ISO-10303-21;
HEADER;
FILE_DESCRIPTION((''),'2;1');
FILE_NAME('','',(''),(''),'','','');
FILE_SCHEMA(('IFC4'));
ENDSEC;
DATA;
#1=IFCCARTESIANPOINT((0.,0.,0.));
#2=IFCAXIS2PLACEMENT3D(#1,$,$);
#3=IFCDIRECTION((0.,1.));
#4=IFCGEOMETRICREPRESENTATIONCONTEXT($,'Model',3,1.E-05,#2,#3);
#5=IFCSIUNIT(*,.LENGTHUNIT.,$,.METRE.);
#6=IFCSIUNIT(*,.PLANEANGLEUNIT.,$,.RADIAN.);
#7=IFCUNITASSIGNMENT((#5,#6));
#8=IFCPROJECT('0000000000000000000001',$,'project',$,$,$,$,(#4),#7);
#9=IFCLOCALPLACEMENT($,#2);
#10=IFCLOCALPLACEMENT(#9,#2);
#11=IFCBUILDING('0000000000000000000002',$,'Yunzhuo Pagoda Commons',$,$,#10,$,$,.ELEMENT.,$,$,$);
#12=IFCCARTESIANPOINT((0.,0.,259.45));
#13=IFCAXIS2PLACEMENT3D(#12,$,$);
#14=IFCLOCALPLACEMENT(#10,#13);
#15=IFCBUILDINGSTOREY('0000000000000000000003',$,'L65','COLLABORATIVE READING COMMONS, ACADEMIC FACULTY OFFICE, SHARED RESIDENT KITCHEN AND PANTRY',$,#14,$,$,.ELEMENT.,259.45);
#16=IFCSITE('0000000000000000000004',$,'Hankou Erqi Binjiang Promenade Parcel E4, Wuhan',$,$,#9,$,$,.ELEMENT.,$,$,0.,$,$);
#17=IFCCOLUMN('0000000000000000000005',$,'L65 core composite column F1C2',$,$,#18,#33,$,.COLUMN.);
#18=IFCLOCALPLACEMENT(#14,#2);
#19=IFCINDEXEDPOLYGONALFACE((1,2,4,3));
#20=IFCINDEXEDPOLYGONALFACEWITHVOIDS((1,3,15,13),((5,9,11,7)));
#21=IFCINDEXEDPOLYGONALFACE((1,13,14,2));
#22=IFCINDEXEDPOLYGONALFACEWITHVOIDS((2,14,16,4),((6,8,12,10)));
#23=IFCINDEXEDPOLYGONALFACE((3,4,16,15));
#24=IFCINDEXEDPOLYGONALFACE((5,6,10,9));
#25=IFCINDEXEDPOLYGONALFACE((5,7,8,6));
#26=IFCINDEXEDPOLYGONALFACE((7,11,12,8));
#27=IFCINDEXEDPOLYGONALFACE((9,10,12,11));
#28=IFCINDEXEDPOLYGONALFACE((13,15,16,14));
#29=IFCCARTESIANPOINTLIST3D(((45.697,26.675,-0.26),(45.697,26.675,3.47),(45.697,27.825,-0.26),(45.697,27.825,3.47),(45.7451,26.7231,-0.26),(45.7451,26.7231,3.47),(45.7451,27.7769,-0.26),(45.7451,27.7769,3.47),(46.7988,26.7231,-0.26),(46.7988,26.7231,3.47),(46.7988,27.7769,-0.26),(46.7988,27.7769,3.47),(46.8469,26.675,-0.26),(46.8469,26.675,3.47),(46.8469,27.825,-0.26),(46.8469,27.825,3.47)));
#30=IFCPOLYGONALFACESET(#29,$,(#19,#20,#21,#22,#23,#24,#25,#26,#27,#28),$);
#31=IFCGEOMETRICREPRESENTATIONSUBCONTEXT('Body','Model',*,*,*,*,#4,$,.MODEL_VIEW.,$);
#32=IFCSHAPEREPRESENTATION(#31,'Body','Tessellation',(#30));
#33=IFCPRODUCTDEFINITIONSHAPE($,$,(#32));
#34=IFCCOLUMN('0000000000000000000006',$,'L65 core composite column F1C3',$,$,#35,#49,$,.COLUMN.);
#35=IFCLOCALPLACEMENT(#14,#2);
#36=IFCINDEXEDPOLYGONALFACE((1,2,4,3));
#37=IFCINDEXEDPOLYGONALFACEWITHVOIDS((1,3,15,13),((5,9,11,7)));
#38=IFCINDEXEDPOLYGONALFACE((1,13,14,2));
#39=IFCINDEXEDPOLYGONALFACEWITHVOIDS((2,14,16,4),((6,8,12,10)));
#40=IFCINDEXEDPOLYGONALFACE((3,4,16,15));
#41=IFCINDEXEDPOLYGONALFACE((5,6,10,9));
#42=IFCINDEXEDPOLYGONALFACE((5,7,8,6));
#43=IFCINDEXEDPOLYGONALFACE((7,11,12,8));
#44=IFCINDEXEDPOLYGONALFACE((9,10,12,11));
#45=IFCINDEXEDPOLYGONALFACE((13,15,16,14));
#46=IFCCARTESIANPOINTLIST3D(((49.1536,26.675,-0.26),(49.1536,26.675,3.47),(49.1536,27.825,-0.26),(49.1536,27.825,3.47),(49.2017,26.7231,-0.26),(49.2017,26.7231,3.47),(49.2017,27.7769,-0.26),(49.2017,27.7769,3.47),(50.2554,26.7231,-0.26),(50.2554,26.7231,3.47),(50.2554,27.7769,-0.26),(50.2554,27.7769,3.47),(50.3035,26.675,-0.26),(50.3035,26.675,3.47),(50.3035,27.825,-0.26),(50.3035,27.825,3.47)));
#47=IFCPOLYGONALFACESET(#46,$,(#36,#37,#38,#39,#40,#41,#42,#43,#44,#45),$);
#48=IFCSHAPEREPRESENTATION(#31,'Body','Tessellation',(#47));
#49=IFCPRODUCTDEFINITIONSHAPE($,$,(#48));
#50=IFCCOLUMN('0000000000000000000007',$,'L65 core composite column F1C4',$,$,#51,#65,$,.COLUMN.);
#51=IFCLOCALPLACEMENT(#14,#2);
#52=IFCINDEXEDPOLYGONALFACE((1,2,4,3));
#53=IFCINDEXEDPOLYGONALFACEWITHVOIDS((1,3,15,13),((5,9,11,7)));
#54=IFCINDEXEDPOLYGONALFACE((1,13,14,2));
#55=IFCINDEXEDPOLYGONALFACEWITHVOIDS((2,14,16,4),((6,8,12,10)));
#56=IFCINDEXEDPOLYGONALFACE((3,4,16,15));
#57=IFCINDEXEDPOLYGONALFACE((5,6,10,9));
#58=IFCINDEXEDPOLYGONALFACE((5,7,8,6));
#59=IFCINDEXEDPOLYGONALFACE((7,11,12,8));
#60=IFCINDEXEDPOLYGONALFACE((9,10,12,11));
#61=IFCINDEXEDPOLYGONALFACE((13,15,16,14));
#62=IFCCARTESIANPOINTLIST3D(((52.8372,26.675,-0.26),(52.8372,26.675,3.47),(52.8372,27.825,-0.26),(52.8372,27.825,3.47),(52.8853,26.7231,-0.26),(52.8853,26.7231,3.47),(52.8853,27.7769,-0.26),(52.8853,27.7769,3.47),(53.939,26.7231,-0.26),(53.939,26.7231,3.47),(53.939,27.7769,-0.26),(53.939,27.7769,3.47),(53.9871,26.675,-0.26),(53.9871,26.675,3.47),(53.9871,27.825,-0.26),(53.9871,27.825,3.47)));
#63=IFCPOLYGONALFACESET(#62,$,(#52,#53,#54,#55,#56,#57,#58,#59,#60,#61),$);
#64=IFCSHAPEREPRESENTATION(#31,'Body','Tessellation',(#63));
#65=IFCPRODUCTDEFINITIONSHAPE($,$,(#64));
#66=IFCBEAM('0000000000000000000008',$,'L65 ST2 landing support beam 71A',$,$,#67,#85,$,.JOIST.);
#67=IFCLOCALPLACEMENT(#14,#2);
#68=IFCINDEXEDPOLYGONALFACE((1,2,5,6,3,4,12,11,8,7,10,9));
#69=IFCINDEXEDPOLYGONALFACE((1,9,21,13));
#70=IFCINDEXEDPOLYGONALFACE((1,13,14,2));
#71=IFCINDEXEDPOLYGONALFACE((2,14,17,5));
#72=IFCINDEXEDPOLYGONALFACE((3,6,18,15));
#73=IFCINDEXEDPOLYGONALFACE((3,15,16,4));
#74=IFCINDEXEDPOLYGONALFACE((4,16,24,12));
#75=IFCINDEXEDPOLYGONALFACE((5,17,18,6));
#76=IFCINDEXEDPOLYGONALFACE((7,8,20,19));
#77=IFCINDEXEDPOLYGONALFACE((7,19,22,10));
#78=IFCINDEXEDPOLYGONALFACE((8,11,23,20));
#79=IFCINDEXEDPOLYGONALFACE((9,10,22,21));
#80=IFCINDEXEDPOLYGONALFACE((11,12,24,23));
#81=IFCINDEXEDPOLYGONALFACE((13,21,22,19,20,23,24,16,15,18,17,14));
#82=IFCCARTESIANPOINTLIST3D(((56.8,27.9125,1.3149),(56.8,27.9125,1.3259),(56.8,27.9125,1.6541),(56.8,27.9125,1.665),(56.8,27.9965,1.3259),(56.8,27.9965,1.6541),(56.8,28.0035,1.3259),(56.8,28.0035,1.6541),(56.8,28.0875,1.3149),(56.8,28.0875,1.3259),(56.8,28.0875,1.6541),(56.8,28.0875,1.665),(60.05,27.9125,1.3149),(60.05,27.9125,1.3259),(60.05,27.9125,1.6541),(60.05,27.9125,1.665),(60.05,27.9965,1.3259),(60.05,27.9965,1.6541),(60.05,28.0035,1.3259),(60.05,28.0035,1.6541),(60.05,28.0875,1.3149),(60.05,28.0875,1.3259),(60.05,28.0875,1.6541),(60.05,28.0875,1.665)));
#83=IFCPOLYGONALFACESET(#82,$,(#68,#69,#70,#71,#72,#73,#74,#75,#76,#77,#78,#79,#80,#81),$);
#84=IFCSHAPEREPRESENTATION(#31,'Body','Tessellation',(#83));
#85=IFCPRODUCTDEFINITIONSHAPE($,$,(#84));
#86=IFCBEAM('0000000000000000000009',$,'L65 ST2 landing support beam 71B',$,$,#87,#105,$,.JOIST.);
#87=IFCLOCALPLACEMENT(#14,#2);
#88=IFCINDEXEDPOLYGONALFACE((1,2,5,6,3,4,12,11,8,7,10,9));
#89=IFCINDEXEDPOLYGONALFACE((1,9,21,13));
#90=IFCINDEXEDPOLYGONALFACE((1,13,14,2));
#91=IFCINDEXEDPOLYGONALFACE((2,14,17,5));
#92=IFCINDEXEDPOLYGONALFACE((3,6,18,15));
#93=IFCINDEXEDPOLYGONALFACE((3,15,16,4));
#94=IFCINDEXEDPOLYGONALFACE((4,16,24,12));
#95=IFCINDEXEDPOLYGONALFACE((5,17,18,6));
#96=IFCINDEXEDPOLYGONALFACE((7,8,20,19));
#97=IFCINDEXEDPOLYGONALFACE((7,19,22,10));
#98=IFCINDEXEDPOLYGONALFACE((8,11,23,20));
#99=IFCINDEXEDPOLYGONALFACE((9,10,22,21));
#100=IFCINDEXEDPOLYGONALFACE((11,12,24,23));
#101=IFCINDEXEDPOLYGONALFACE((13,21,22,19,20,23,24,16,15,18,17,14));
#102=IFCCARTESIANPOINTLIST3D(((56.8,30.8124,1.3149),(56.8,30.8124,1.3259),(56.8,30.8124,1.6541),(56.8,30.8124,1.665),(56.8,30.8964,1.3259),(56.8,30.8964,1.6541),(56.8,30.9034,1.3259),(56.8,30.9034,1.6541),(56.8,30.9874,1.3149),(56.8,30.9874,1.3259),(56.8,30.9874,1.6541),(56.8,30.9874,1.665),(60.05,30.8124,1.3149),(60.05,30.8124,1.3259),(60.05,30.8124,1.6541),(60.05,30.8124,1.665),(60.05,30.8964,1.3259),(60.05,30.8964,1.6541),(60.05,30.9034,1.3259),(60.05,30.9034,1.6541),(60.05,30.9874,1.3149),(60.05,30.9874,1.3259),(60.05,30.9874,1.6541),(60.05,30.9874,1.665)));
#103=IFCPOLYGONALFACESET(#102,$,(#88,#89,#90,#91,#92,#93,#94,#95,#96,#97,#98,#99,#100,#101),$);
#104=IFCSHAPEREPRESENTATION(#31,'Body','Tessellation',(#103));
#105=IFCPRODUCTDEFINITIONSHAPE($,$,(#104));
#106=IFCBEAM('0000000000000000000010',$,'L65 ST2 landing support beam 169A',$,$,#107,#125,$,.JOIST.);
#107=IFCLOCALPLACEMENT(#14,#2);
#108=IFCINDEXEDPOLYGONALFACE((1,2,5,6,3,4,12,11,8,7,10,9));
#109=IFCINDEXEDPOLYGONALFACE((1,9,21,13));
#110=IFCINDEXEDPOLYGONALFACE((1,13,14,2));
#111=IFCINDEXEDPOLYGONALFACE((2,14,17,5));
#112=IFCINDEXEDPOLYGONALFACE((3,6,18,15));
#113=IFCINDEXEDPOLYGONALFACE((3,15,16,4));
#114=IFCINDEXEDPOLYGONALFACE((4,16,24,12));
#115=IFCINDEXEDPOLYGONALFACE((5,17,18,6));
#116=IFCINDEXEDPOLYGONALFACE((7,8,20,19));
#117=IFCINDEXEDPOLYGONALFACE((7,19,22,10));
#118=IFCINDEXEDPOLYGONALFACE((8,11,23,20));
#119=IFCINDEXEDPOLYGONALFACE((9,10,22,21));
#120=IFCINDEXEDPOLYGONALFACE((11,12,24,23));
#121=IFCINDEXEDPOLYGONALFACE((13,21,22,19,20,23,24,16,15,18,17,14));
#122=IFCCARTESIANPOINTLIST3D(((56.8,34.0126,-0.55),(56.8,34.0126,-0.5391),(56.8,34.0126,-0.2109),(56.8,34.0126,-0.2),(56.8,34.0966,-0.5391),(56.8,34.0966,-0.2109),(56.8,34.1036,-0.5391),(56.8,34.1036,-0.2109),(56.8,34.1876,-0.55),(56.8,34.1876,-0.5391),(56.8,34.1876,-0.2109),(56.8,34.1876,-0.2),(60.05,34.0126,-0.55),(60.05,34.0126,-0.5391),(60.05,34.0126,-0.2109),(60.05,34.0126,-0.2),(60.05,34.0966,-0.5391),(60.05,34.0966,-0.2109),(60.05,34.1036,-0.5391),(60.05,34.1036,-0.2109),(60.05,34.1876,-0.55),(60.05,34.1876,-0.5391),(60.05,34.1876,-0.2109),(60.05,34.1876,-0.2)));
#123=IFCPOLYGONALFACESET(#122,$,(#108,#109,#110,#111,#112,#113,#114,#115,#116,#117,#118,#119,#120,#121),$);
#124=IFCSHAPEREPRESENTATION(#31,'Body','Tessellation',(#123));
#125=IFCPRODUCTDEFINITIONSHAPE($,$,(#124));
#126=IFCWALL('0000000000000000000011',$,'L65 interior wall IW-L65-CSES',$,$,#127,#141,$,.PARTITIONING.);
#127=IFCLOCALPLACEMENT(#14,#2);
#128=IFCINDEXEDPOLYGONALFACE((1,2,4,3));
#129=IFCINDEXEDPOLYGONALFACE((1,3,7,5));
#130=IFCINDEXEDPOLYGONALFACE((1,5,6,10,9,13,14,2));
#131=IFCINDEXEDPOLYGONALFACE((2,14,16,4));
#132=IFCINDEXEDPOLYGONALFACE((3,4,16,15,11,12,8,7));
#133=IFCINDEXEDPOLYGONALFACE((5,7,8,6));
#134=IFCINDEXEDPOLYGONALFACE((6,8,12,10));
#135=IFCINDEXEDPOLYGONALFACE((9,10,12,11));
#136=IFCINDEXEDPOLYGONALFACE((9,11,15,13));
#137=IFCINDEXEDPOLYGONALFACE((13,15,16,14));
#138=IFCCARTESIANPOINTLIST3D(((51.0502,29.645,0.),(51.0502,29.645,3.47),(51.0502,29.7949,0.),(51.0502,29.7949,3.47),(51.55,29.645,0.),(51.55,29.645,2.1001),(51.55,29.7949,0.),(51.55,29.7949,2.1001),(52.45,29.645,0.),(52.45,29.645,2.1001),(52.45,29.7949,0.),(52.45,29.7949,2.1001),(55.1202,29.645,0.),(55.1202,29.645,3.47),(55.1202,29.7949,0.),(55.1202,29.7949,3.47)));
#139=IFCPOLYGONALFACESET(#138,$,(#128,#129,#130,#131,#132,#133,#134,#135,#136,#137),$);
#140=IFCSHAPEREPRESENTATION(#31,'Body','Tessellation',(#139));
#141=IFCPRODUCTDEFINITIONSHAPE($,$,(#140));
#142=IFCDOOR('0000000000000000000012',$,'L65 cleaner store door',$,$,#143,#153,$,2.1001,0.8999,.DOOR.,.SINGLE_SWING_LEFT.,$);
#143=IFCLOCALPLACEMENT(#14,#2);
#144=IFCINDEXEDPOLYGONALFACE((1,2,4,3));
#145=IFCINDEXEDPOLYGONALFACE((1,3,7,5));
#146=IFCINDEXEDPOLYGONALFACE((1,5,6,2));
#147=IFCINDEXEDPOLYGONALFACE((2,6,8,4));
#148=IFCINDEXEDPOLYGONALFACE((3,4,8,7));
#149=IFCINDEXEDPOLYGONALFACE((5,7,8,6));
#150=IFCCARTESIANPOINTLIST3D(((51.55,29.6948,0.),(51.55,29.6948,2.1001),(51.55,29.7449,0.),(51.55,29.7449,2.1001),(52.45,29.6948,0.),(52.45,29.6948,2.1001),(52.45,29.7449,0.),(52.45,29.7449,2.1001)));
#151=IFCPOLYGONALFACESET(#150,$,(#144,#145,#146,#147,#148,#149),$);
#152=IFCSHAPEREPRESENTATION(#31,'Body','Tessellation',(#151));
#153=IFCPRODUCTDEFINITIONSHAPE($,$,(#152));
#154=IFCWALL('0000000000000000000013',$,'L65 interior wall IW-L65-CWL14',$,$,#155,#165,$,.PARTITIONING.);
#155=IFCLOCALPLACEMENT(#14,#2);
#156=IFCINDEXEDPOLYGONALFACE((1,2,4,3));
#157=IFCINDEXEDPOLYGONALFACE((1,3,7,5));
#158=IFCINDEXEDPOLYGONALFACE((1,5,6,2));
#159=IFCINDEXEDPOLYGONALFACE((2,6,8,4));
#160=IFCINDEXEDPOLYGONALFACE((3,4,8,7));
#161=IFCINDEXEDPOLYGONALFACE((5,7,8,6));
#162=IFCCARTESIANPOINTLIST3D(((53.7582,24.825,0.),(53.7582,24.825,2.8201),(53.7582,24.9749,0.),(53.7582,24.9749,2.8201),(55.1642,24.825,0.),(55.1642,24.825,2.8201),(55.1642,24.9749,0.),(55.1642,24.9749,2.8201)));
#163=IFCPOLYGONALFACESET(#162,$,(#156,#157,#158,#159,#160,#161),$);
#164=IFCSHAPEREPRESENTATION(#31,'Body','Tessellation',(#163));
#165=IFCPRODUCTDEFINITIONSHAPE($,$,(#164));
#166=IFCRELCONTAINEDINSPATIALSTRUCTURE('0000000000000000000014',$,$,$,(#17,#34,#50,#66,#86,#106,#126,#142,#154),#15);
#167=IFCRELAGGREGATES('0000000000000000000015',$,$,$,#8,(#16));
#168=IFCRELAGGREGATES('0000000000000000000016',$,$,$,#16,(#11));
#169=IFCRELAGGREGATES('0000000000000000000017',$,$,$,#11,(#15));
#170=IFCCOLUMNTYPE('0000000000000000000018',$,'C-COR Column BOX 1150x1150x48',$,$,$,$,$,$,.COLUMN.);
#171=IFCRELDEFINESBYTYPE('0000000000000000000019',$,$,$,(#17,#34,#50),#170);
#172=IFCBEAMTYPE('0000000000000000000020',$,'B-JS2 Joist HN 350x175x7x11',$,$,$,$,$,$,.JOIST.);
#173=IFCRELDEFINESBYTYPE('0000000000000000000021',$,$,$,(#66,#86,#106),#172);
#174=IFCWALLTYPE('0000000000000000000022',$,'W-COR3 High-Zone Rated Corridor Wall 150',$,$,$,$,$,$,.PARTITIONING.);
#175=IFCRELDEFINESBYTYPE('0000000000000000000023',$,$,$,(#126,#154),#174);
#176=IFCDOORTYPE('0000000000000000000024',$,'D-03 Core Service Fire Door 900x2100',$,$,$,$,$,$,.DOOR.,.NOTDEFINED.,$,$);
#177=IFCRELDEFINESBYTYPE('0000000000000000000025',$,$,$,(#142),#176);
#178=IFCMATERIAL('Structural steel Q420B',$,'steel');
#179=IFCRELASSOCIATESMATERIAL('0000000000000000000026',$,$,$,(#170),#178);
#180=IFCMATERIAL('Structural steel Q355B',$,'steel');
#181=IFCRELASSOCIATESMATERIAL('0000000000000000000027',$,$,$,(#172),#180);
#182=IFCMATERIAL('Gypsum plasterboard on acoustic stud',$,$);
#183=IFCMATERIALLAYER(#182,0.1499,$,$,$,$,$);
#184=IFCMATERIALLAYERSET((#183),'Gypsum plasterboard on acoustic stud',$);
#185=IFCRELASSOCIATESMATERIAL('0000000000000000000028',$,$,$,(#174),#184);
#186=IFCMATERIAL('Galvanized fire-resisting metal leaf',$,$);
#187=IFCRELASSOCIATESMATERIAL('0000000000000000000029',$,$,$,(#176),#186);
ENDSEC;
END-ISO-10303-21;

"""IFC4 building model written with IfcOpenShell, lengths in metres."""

from ifc_helpers import new_model, si_unit, direction, frame, frame_2d, origin, origin_with_axes, origin_2d, place, context, subcontext, project, spatial, rectangle, hollow_rectangle, i_section, extrude, source, transform, mapped, material, layer, layer_set, material_profile, profile_set, type_object, element, fill, save


model = new_model("IFC4")

# Units and contexts
model_context = context("Model", 3, precision=1e-05, world=origin(), true_north=direction((0.0, 1.0)))
body_context = subcontext(model_context, "Body", "Model", "MODEL_VIEW")
ifc_project = project(units=[si_unit("LENGTHUNIT", "METRE"), si_unit("PLANEANGLEUNIT", "RADIAN")], contexts=[model_context])

# Site, building, storey
site_placement = place(None, origin())
site = spatial("IfcSite", under=ifc_project, at=site_placement, Name="Hankou Erqi Binjiang Promenade Parcel E4, Wuhan", CompositionType="ELEMENT", RefElevation=0.0)
building_placement = place(site_placement, origin())
building = spatial("IfcBuilding", under=site, at=building_placement, Name="Yunzhuo Pagoda Commons", CompositionType="ELEMENT")
storey_placement = place(building_placement, frame((0.0, 0.0, 259.45)))
storey = spatial("IfcBuildingStorey", under=building, at=storey_placement, Name="L65", Description="COLLABORATIVE READING COMMONS, ACADEMIC FACULTY OFFICE, SHARED RESIDENT KITCHEN AND PANTRY", CompositionType="ELEMENT", Elevation=259.45)

# Columns
ifc_material_1 = material(Name="Structural steel Q420B", Category="steel")
ifc_material_profile_1 = material_profile(ifc_material_1, hollow_rectangle(XDim=1.1499, YDim=1.1499, WallThickness=0.0481, at=origin_2d()), Name="Structural steel Q420B")
ifc_profile_set_1 = profile_set([ifc_material_profile_1], Name="Structural steel Q420B")
column_type = type_object("IfcColumnType", Name="C-COR Column BOX 1150x1150x48", PredefinedType="COLUMN", material=ifc_profile_set_1)
shared_shape_1 = source(origin(), body_context, "Body", "SweptSolid", [
    extrude(hollow_rectangle(XDim=1.1499, YDim=1.1499, WallThickness=0.0481, at=origin_2d()), origin(), (0.0, 0.0, 1.0), 3.73),
])
for number, where, z_axis, x_axis, name in (
    (1, (46.272, 27.25, -0.26), (0.0, 0.0, 1.0), (1.0, 0.0, 0.0), "L65 core composite column F1C2"),
    (2, (49.7285, 27.25, -0.26), (0.0, 0.0, 1.0), (1.0, 0.0, 0.0), "L65 core composite column F1C3"),
    (3, (53.4121, 27.25, -0.26), (0.0, 0.0, 1.0), (1.0, 0.0, 0.0), "L65 core composite column F1C4"),
):
    element("IfcColumn", number, at=place(storey_placement, frame(where, z_axis=z_axis, x_axis=x_axis)), inside=storey, type_object=column_type, Name=name, PredefinedType="COLUMN", context=body_context, shape_type="MappedRepresentation", body=[
        mapped(shared_shape_1, transform((0.0, 0.0, 0.0), scale=1.0)),
    ])

# Beams
ifc_material_2 = material(Name="Structural steel Q355B", Category="steel")
ifc_material_profile_2 = material_profile(ifc_material_2, i_section(OverallWidth=0.175, OverallDepth=0.3501, WebThickness=0.0071, FlangeThickness=0.011, at=origin_2d()), Name="Structural steel Q355B")
ifc_profile_set_2 = profile_set([ifc_material_profile_2], Name="Structural steel Q355B")
beam_type = type_object("IfcBeamType", Name="B-JS2 Joist HN 350x175x7x11", PredefinedType="JOIST", material=ifc_profile_set_2)
shared_shape_2 = source(origin(), body_context, "Body", "SweptSolid", [
    extrude(i_section(OverallWidth=0.175, OverallDepth=0.3501, WebThickness=0.0071, FlangeThickness=0.011, at=origin_2d()), origin(), (0.0, 0.0, 1.0), 3.25),
])
for number, where, z_axis, x_axis, name in (
    (4, (56.8, 28.0, 1.49), (1.0, 0.0, 0.0), (0.0, 1.0, 0.0), "L65 ST2 landing support beam 71A"),
    (5, (56.8, 30.8999, 1.49), (1.0, 0.0, 0.0), (0.0, 1.0, 0.0), "L65 ST2 landing support beam 71B"),
    (6, (56.8, 34.1001, -0.375), (1.0, 0.0, 0.0), (0.0, 1.0, 0.0), "L65 ST2 landing support beam 169A"),
):
    element("IfcBeam", number, at=place(storey_placement, frame(where, z_axis=z_axis, x_axis=x_axis)), inside=storey, type_object=beam_type, Name=name, PredefinedType="JOIST", context=body_context, shape_type="MappedRepresentation", body=[
        mapped(shared_shape_2, transform((0.0, 0.0, 0.0), scale=1.0)),
    ])

# Wall, opening, door
ifc_material_3 = material(Name="Gypsum plasterboard on acoustic stud")
ifc_layer_1 = layer(ifc_material_3, 0.1499)
ifc_layer_set_1 = layer_set([ifc_layer_1], Name="Gypsum plasterboard on acoustic stud")
wall_type_1 = type_object("IfcWallType", Name="W-COR3 High-Zone Rated Corridor Wall 150", PredefinedType="PARTITIONING", material=ifc_layer_set_1)
wall_1_placement = place(storey_placement, frame((51.05, 29.72, 0.0), z_axis=(0.0, 0.0, 1.0), x_axis=(1.0, 0.0, 0.0)))
wall_1 = element("IfcWall", 7, at=wall_1_placement, inside=storey, type_object=wall_type_1, Name="L65 interior wall IW-L65-CSES", PredefinedType="PARTITIONING", context=body_context, shape_type="SweptSolid", body=[
    extrude(rectangle(XDim=4.0701, YDim=0.1499, at=frame_2d((2.0352, 0.0))), origin(), (0.0, 0.0, 1.0), 3.47),
])
opening_1_placement = place(wall_1_placement, frame((0.5, 0.0, 0.0)))
opening_1 = element("IfcOpeningElement", 8, at=opening_1_placement, cuts=wall_1, PredefinedType="OPENING", context=body_context, shape_type="SweptSolid", body=[
    extrude(rectangle(XDim=0.8999, YDim=2.1001, at=frame_2d((0.45, 1.05))), frame((0.0, 0.085, 0.0), z_axis=(0.0, -1.0, 0.0), x_axis=(1.0, 0.0, 0.0)), (0.0, 0.0, 1.0), 0.1699),
])
ifc_material_4 = material(Name="Galvanized fire-resisting metal leaf")
door_type_1 = type_object("IfcDoorType", Name="D-03 Core Service Fire Door 900x2100", OperationType="NOTDEFINED", PredefinedType="DOOR", material=ifc_material_4)
shared_shape_3 = source(origin(), body_context, "Body", "SweptSolid", [
    extrude(rectangle(XDim=0.8999, YDim=2.1001, at=frame_2d((0.45, 1.05))), frame((0.0, 0.0249, 0.0), z_axis=(0.0, -1.0, 0.0), x_axis=(1.0, 0.0, 0.0)), (0.0, 0.0, 1.0), 0.05),
])
door_1_placement = place(opening_1_placement, origin_with_axes())
door_1 = element("IfcDoor", 9, at=door_1_placement, inside=storey, type_object=door_type_1, Name="L65 cleaner store door", OperationType="SINGLE_SWING_LEFT", OverallHeight=2.1001, OverallWidth=0.8999, PredefinedType="DOOR", context=body_context, shape_type="MappedRepresentation", body=[
    mapped(shared_shape_3, transform((0.0, 0.0, 0.0), scale=1.0)),
])
fill(opening_1, door_1)

# Wall
wall_2_placement = place(storey_placement, frame((55.1643, 24.8999, 0.0), z_axis=(0.0, 0.0, 1.0), x_axis=(-1.0, 0.0, 0.0)))
element("IfcWall", 10, at=wall_2_placement, inside=storey, type_object=wall_type_1, Name="L65 interior wall IW-L65-CWL14", PredefinedType="PARTITIONING", context=body_context, shape_type="SweptSolid", body=[
    extrude(rectangle(XDim=1.406, YDim=0.1499, at=frame_2d((0.7031, 0.0))), origin(), (0.0, 0.0, 1.0), 2.8201),
])

save(model, "model.ifc")
